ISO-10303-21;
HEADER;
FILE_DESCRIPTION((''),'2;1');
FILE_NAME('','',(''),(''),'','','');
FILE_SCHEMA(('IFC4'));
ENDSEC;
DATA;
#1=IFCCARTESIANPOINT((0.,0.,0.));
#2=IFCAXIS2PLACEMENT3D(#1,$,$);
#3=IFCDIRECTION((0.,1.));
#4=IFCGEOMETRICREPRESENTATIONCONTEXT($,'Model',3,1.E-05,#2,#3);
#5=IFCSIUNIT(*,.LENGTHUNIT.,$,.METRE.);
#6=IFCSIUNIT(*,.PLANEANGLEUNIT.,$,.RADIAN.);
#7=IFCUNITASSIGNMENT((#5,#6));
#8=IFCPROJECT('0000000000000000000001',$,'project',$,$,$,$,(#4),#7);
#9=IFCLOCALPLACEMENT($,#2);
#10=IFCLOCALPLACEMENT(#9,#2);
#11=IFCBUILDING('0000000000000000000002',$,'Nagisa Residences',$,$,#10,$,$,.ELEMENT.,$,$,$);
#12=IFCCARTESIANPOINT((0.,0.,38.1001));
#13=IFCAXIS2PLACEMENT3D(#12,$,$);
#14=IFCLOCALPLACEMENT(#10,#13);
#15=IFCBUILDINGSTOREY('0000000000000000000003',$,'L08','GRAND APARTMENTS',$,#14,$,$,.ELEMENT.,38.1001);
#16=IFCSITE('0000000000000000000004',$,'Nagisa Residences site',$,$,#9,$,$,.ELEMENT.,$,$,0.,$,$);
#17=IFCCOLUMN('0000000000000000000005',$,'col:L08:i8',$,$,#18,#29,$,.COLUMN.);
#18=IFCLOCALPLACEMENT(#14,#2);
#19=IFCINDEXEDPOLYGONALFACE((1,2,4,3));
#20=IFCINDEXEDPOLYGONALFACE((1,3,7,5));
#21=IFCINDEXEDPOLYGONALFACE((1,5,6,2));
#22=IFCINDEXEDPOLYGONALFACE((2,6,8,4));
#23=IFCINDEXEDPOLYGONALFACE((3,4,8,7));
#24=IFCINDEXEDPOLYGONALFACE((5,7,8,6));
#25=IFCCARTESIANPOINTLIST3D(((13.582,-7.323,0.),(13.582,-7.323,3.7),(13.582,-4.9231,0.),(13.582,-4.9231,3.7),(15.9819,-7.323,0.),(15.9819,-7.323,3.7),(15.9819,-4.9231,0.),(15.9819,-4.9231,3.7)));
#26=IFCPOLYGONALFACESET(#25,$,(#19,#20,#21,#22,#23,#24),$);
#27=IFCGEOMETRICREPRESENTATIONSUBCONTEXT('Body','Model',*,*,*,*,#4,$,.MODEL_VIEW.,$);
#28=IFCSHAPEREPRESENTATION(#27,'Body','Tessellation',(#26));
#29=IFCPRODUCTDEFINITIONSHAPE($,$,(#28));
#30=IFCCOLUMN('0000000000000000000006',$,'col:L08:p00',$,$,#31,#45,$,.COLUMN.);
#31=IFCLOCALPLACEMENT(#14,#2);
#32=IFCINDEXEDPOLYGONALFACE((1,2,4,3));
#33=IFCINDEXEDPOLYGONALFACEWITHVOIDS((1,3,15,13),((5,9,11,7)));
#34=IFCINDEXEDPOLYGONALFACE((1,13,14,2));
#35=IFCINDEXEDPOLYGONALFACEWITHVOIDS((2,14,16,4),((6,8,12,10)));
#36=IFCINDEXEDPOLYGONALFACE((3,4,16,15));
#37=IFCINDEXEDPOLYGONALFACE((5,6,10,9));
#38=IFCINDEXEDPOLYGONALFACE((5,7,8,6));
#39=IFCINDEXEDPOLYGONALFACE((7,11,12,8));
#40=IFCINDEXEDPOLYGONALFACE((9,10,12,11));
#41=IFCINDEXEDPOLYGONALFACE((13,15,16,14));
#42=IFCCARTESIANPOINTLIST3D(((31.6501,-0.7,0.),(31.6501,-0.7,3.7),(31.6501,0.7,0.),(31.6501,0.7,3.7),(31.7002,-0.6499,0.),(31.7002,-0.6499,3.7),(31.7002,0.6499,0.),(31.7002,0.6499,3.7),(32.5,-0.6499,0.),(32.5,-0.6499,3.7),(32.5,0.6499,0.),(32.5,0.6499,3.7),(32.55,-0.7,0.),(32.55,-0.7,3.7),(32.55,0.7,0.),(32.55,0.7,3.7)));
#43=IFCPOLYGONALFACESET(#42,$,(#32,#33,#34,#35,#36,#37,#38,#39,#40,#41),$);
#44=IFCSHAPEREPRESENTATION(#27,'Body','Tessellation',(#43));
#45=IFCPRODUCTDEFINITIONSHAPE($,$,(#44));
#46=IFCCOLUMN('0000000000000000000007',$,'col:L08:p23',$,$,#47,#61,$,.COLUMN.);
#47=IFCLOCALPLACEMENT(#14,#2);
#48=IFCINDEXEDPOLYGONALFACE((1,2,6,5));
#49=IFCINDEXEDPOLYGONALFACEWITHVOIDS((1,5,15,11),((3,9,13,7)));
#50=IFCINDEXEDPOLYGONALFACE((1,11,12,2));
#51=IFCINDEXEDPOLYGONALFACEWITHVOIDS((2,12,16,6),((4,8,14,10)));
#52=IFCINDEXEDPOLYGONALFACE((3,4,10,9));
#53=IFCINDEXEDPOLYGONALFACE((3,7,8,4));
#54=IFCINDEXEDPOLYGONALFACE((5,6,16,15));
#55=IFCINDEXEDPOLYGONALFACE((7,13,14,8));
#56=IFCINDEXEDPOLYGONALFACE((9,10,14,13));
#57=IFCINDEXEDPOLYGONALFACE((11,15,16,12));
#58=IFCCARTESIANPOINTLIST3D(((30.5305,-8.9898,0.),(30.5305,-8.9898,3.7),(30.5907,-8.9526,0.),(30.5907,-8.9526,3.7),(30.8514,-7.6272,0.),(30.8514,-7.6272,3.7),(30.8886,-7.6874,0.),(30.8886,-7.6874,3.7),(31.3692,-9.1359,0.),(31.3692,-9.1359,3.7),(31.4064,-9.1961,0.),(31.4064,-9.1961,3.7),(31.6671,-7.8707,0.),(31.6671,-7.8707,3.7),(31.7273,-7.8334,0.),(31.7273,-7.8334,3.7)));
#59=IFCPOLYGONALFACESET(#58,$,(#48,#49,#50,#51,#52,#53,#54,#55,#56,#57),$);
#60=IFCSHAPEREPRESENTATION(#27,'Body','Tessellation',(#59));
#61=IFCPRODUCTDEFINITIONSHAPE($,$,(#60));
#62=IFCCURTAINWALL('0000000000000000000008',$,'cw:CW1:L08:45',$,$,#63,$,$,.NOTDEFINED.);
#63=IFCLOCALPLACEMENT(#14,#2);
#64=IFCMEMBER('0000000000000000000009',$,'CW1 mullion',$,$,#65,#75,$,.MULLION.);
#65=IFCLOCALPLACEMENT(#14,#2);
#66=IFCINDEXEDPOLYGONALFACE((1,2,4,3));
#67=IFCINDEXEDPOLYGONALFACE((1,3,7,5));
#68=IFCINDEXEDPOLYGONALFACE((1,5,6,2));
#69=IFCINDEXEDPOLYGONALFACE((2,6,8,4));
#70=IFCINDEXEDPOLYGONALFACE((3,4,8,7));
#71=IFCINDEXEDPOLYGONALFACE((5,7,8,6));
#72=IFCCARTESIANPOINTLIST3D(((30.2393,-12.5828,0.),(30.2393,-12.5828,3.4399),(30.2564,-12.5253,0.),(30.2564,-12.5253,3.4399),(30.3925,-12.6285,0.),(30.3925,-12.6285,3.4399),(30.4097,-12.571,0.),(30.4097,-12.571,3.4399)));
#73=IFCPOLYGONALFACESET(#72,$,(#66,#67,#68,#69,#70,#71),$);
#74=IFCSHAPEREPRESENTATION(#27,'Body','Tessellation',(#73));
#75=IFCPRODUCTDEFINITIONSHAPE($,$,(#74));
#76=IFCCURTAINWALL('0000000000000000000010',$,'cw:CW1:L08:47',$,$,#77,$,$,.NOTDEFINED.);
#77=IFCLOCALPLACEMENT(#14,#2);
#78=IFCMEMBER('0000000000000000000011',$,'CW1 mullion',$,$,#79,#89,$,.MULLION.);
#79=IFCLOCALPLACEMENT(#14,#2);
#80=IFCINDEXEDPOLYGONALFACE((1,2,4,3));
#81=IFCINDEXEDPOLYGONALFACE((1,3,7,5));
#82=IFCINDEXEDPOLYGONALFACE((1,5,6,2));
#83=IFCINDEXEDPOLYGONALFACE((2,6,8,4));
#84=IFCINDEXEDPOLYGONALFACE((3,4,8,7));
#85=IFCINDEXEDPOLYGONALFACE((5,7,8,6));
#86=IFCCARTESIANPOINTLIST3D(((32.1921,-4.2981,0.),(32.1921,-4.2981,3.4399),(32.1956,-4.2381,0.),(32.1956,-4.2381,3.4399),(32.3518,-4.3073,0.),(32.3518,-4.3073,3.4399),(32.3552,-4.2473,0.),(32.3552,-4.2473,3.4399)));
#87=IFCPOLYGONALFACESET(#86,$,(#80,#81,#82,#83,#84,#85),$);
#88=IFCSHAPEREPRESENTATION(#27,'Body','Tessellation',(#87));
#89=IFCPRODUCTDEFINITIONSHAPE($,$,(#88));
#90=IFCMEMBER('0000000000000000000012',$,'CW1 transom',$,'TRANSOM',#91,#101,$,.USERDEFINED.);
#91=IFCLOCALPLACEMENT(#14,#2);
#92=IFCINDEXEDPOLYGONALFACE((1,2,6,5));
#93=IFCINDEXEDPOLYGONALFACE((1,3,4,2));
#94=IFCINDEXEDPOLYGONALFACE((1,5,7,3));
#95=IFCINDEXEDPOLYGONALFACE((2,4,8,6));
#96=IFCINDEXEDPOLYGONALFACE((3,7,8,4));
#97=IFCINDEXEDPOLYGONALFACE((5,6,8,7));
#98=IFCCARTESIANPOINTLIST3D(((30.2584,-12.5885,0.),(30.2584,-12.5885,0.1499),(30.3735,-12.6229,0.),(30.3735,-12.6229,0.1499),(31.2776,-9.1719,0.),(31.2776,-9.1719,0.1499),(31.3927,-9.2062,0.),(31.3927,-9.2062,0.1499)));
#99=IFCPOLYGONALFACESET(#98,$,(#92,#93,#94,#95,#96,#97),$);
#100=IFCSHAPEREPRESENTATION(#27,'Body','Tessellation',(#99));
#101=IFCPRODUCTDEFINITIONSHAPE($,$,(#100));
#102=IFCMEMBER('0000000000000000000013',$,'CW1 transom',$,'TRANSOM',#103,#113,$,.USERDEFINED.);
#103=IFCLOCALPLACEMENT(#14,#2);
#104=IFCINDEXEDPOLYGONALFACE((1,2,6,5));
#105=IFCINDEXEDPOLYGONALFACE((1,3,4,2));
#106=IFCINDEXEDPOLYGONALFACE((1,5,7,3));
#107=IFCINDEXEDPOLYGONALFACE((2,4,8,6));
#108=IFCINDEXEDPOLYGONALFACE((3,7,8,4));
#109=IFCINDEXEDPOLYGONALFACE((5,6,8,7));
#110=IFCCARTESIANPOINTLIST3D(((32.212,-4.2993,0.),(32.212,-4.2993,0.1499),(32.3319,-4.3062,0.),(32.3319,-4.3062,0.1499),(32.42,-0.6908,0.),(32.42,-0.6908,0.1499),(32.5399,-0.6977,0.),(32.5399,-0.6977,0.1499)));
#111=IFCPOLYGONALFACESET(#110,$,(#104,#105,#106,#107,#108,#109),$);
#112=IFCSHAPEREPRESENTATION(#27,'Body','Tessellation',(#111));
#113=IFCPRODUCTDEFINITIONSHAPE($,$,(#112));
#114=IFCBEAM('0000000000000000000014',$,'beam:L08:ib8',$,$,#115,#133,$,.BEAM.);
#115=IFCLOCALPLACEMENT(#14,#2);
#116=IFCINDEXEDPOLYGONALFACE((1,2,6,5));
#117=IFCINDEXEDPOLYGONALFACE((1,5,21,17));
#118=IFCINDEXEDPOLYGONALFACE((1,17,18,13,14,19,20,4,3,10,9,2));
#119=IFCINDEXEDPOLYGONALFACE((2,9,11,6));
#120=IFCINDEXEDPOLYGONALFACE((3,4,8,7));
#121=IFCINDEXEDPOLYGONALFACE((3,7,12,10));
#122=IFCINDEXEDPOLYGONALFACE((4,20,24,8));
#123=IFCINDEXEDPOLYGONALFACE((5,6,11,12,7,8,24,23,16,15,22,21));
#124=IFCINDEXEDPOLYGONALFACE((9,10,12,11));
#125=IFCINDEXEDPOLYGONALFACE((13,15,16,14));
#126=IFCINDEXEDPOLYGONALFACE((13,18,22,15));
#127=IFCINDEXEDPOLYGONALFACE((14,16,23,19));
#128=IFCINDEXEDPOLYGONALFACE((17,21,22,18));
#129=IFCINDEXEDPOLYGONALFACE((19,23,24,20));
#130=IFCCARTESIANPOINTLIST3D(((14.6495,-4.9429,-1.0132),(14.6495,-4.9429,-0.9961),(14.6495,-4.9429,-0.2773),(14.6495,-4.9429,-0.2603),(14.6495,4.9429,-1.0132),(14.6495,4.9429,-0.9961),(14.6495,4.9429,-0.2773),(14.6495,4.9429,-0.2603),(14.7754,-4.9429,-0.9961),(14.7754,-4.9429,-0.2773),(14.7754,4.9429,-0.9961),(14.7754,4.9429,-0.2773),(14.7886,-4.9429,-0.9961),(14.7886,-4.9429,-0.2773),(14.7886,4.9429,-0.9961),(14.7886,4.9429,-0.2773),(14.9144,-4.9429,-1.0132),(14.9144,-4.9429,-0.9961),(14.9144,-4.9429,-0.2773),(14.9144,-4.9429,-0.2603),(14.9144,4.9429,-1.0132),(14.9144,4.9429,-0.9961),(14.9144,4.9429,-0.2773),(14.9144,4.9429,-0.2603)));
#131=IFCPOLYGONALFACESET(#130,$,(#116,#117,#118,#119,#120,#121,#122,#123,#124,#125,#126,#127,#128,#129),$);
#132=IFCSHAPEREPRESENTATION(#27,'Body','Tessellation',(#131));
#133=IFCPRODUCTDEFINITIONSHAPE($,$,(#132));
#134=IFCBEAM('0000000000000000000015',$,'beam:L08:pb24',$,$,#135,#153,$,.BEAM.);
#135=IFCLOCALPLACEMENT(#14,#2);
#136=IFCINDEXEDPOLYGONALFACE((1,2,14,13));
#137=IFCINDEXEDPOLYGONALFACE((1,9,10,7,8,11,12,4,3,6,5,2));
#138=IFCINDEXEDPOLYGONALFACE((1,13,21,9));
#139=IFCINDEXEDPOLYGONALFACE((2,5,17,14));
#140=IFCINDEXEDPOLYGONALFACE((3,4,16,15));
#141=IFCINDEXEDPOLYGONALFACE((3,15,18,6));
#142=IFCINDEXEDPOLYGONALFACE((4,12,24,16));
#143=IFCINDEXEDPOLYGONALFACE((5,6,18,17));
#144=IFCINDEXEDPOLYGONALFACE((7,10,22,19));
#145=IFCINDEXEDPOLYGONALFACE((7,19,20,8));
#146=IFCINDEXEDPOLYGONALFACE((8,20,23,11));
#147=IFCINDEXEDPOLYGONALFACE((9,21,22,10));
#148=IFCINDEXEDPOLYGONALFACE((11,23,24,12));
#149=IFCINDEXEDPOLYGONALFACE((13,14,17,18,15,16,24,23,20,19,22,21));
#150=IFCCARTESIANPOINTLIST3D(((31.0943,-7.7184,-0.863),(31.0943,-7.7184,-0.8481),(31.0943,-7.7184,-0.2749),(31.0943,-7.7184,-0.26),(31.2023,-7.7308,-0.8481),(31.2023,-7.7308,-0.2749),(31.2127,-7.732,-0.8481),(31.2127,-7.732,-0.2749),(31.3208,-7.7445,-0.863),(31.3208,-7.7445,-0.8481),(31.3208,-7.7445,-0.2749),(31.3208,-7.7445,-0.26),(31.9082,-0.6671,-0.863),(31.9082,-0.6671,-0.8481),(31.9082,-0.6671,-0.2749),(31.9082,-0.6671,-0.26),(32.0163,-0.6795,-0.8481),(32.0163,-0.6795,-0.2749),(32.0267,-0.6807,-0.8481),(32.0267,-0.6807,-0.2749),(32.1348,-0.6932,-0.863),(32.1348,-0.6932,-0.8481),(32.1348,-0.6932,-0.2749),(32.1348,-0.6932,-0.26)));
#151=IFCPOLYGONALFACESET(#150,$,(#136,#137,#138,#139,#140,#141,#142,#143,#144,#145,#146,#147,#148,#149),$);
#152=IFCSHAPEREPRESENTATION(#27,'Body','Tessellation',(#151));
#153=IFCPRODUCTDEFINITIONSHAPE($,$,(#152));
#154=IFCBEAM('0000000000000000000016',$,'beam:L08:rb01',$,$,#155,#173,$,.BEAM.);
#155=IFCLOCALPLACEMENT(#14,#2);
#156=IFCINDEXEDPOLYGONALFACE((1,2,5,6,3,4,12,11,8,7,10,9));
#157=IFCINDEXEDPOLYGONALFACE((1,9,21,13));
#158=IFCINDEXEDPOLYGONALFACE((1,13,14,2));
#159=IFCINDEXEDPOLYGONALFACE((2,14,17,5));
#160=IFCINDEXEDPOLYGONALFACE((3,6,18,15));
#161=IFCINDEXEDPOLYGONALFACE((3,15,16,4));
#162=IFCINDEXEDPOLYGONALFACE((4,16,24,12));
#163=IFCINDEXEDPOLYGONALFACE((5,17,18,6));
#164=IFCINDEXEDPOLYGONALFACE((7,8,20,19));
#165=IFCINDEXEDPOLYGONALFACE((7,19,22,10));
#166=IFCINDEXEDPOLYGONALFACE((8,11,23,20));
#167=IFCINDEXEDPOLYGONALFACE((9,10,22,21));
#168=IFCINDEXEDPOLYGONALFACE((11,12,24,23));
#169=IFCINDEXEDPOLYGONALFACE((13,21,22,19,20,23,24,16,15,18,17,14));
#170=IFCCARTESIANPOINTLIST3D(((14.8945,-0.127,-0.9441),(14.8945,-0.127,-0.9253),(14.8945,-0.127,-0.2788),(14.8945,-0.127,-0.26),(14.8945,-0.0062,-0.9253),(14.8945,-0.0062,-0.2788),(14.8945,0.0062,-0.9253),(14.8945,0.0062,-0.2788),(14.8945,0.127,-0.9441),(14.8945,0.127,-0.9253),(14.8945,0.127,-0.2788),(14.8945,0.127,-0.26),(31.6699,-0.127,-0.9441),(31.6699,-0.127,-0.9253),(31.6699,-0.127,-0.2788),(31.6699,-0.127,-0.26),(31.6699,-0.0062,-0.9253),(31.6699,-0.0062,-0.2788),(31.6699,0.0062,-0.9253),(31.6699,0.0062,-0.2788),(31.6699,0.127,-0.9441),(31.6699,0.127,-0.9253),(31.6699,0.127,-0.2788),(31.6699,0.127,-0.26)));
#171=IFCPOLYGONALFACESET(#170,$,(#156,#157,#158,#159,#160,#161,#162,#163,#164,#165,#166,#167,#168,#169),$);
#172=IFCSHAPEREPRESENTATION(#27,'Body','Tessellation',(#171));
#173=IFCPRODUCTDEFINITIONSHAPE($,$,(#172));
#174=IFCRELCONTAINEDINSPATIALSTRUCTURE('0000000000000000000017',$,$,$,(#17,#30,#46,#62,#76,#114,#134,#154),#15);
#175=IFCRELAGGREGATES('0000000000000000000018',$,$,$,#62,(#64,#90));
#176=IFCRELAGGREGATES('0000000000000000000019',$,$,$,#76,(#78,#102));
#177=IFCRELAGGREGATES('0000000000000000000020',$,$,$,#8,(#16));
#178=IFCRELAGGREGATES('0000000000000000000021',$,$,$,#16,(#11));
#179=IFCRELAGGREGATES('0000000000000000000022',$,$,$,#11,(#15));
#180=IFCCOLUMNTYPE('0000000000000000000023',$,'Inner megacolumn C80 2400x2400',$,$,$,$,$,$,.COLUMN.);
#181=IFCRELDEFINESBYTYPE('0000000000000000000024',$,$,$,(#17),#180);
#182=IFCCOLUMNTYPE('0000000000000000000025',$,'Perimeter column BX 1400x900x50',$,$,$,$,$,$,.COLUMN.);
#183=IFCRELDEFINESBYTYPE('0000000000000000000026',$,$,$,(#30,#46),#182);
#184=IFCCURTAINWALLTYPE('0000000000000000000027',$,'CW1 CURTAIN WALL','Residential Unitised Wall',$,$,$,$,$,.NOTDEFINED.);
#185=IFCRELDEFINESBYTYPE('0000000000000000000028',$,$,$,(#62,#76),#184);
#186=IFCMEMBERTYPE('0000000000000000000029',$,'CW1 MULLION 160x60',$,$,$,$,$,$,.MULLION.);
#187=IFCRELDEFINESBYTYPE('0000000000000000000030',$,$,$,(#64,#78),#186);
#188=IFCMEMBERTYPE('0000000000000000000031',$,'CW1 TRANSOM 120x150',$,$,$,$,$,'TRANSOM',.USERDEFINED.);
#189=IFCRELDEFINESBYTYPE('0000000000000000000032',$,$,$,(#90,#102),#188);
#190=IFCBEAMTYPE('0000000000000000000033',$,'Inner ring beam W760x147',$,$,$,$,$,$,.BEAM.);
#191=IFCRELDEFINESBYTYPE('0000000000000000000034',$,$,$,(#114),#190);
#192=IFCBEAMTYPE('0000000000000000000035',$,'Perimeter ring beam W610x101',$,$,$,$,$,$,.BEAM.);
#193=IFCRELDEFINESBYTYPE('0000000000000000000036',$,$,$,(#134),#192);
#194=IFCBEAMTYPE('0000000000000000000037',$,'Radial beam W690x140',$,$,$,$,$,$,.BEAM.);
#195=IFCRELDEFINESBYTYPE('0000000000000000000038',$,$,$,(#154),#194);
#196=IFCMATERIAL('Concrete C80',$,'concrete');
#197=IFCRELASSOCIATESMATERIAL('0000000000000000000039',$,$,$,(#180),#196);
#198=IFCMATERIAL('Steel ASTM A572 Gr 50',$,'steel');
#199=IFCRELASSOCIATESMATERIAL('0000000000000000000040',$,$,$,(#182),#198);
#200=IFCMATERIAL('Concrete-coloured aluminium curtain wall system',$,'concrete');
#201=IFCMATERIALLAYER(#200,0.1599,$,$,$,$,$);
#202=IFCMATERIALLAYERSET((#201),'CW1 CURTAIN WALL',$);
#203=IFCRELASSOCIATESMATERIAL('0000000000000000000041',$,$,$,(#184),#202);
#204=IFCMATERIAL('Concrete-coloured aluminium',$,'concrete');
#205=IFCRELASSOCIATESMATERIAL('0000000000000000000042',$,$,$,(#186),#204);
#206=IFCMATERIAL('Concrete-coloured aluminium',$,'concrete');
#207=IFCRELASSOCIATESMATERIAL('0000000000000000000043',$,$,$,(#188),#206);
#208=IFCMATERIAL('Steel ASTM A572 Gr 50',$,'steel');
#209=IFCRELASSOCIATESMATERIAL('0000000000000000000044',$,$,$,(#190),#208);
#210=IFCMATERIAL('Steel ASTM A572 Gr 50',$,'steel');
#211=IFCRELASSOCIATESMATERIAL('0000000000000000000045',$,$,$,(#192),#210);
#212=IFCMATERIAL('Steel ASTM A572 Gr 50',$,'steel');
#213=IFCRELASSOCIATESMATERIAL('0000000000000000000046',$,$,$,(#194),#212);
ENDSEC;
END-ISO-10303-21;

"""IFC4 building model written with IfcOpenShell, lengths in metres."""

from ifc_helpers import new_model, si_unit, direction, frame, origin, origin_2d, place, context, subcontext, project, spatial, rectangle, hollow_rectangle, i_section, extrude, material, layer, layer_set, material_profile, profile_set, type_object, element, aggregate, save


model = new_model("IFC4")

# Units and contexts
model_context = context("Model", 3, precision=1e-05, world=origin(), true_north=direction((0.0, 1.0)))
body_context = subcontext(model_context, "Body", "Model", "MODEL_VIEW")
ifc_project = project(units=[si_unit("LENGTHUNIT", "METRE"), si_unit("PLANEANGLEUNIT", "RADIAN")], contexts=[model_context])

# Site, building, storey
site_placement = place(None, origin())
site = spatial("IfcSite", under=ifc_project, at=site_placement, Name="Nagisa Residences site", CompositionType="ELEMENT", RefElevation=0.0)
building_placement = place(site_placement, origin())
building = spatial("IfcBuilding", under=site, at=building_placement, Name="Nagisa Residences", CompositionType="ELEMENT")
storey_placement = place(building_placement, frame((0.0, 0.0, 38.1001)))
storey = spatial("IfcBuildingStorey", under=building, at=storey_placement, Name="L08", Description="GRAND APARTMENTS", CompositionType="ELEMENT", Elevation=38.1001)

# Columns
ifc_material_1 = material(Name="Concrete C80", Category="concrete")
ifc_material_profile_1 = material_profile(ifc_material_1, rectangle(XDim=2.3999, YDim=2.3999, at=origin_2d()), Name="C80 2400x2400")
ifc_profile_set_1 = profile_set([ifc_material_profile_1], Name="Concrete C80")
column_type_1 = type_object("IfcColumnType", Name="Inner megacolumn C80 2400x2400", PredefinedType="COLUMN", material=ifc_profile_set_1)
column_placement = place(storey_placement, frame((14.782, -6.123, 0.0), z_axis=(0.0, 0.0, 1.0), x_axis=(1.0, 0.0, 0.0)))
element("IfcColumn", 1, at=column_placement, inside=storey, type_object=column_type_1, Name="col:L08:i8", PredefinedType="COLUMN", context=body_context, shape_type="SweptSolid", body=[
    extrude(rectangle(XDim=2.3999, YDim=2.3999, at=origin_2d()), origin(), (0.0, 0.0, 1.0), 3.7),
])
ifc_material_2 = material(Name="Steel ASTM A572 Gr 50", Category="steel")
ifc_material_profile_2 = material_profile(ifc_material_2, hollow_rectangle(XDim=1.3999, YDim=0.8999, WallThickness=0.05, at=origin_2d()), Name="BX 1400x900x50")
ifc_profile_set_2 = profile_set([ifc_material_profile_2], Name="Steel ASTM A572 Gr 50")
column_type_2 = type_object("IfcColumnType", Name="Perimeter column BX 1400x900x50", PredefinedType="COLUMN", material=ifc_profile_set_2)
for number, where, z_axis, x_axis, name in (
    (2, (32.1001, 0.0, 0.0), (0.0, 0.0, 1.0), (0.0, 1.0, 0.0), "col:L08:p00"),
    (3, (31.1289, -8.4116, 0.0), (0.0, 0.0, 1.0), (0.229202, 0.973379, 0.0), "col:L08:p23"),
):
    element("IfcColumn", number, at=place(storey_placement, frame(where, z_axis=z_axis, x_axis=x_axis)), inside=storey, type_object=column_type_2, Name=name, PredefinedType="COLUMN", context=body_context, shape_type="SweptSolid", body=[
        extrude(hollow_rectangle(XDim=1.3999, YDim=0.8999, WallThickness=0.05, at=origin_2d()), origin(), (0.0, 0.0, 1.0), 3.7),
    ])

# Curtain walls, members
ifc_material_3 = material(Name="Concrete-coloured aluminium curtain wall system", Category="concrete")
ifc_layer_1 = layer(ifc_material_3, 0.1599)
ifc_layer_set_1 = layer_set([ifc_layer_1], Name="CW1 CURTAIN WALL")
curtain_wall_type = type_object("IfcCurtainWallType", Name="CW1 CURTAIN WALL", Description="Residential Unitised Wall", PredefinedType="NOTDEFINED", material=ifc_layer_set_1)
curtain_wall_1_placement = place(storey_placement, origin())
curtain_wall_1 = element("IfcCurtainWall", 4, at=curtain_wall_1_placement, inside=storey, type_object=curtain_wall_type, Name="cw:CW1:L08:45", PredefinedType="NOTDEFINED")
ifc_material_4 = material(Name="Concrete-coloured aluminium", Category="concrete")
ifc_material_profile_3 = material_profile(ifc_material_4, rectangle(XDim=0.1599, YDim=0.0601, at=origin_2d()), Name="CW1 MULLION 160x60")
ifc_profile_set_3 = profile_set([ifc_material_profile_3], Name="Concrete-coloured aluminium")
member_type_1 = type_object("IfcMemberType", Name="CW1 MULLION 160x60", PredefinedType="MULLION", material=ifc_profile_set_3)
member_1_placement = place(storey_placement, frame((30.3245, -12.5769, 0.0), z_axis=(0.0, 0.0, 1.0), x_axis=(-0.958271, 0.28586, 0.0)))
member_1 = element("IfcMember", 5, at=member_1_placement, type_object=member_type_1, Name="CW1 mullion", PredefinedType="MULLION", context=body_context, shape_type="SweptSolid", body=[
    extrude(rectangle(XDim=0.1599, YDim=0.0601, at=origin_2d()), origin(), (0.0, 0.0, 1.0), 3.4399),
])
curtain_wall_2_placement = place(storey_placement, origin())
curtain_wall_2 = element("IfcCurtainWall", 6, at=curtain_wall_2_placement, inside=storey, type_object=curtain_wall_type, Name="cw:CW1:L08:47", PredefinedType="NOTDEFINED")
member_2_placement = place(storey_placement, frame((32.2737, -4.2727, 0.0), z_axis=(0.0, 0.0, 1.0), x_axis=(-0.998345, 0.057503, 0.0)))
member_2 = element("IfcMember", 7, at=member_2_placement, type_object=member_type_1, Name="CW1 mullion", PredefinedType="MULLION", context=body_context, shape_type="SweptSolid", body=[
    extrude(rectangle(XDim=0.1599, YDim=0.0601, at=origin_2d()), origin(), (0.0, 0.0, 1.0), 3.4399),
])

# Members
ifc_material_5 = material(Name="Concrete-coloured aluminium", Category="concrete")
ifc_material_profile_4 = material_profile(ifc_material_5, rectangle(XDim=0.1201, YDim=0.1499, at=origin_2d()), Name="CW1 TRANSOM 120x150")
ifc_profile_set_4 = profile_set([ifc_material_profile_4], Name="Concrete-coloured aluminium")
member_type_2 = type_object("IfcMemberType", Name="CW1 TRANSOM 120x150", ElementType="TRANSOM", PredefinedType="USERDEFINED", material=ifc_profile_set_4)
member_3_placement = place(storey_placement, frame((30.3159, -12.6057, 0.075), z_axis=(0.285871, 0.958268, 0.0), x_axis=(-0.958268, 0.285871, 0.0)))
member_3 = element("IfcMember", 8, at=member_3_placement, type_object=member_type_2, Name="CW1 transom", ObjectType="TRANSOM", PredefinedType="USERDEFINED", context=body_context, shape_type="SweptSolid", body=[
    extrude(rectangle(XDim=0.1201, YDim=0.1499, at=origin_2d()), origin(), (0.0, 0.0, 1.0), 3.5654),
])
member_4_placement = place(storey_placement, frame((32.272, -4.3027, 0.075), z_axis=(0.05755, 0.998343, 0.0), x_axis=(-0.998343, 0.05755, 0.0)))
member_4 = element("IfcMember", 9, at=member_4_placement, type_object=member_type_2, Name="CW1 transom", ObjectType="TRANSOM", PredefinedType="USERDEFINED", context=body_context, shape_type="SweptSolid", body=[
    extrude(rectangle(XDim=0.1201, YDim=0.1499, at=origin_2d()), origin(), (0.0, 0.0, 1.0), 3.6145),
])

# Beams
ifc_material_6 = material(Name="Steel ASTM A572 Gr 50", Category="steel")
ifc_material_profile_5 = material_profile(ifc_material_6, i_section(OverallWidth=0.2649, OverallDepth=0.7529, WebThickness=0.0132, FlangeThickness=0.0171, at=origin_2d()), Name="W760x147")
ifc_profile_set_5 = profile_set([ifc_material_profile_5], Name="Steel ASTM A572 Gr 50")
beam_type_1 = type_object("IfcBeamType", Name="Inner ring beam W760x147", PredefinedType="BEAM", material=ifc_profile_set_5)
beam_1_placement = place(storey_placement, frame((14.782, -4.9429, -0.6367), z_axis=(0.0, 1.0, 0.0), x_axis=(-1.0, 0.0, 0.0)))
element("IfcBeam", 10, at=beam_1_placement, inside=storey, type_object=beam_type_1, Name="beam:L08:ib8", PredefinedType="BEAM", context=body_context, shape_type="SweptSolid", body=[
    extrude(i_section(OverallWidth=0.2649, OverallDepth=0.7529, WebThickness=0.0132, FlangeThickness=0.0171, at=origin_2d()), origin(), (0.0, 0.0, 1.0), 9.8857),
])
ifc_material_7 = material(Name="Steel ASTM A572 Gr 50", Category="steel")
ifc_material_profile_6 = material_profile(ifc_material_7, i_section(OverallWidth=0.228, OverallDepth=0.603, WebThickness=0.0105, FlangeThickness=0.0149, at=origin_2d()), Name="W610x101")
ifc_profile_set_6 = profile_set([ifc_material_profile_6], Name="Steel ASTM A572 Gr 50")
beam_type_2 = type_object("IfcBeamType", Name="Perimeter ring beam W610x101", PredefinedType="BEAM", material=ifc_profile_set_6)
beam_2_placement = place(storey_placement, frame((31.2075, -7.7314, -0.5615), z_axis=(0.114674, 0.993403, 0.0), x_axis=(-0.993403, 0.114674, 0.0)))
element("IfcBeam", 11, at=beam_2_placement, inside=storey, type_object=beam_type_2, Name="beam:L08:pb24", PredefinedType="BEAM", context=body_context, shape_type="SweptSolid", body=[
    extrude(i_section(OverallWidth=0.228, OverallDepth=0.603, WebThickness=0.0105, FlangeThickness=0.0149, at=origin_2d()), origin(), (0.0, 0.0, 1.0), 7.0981),
])
ifc_material_8 = material(Name="Steel ASTM A572 Gr 50", Category="steel")
ifc_material_profile_7 = material_profile(ifc_material_8, i_section(OverallWidth=0.2539, OverallDepth=0.6841, WebThickness=0.0125, FlangeThickness=0.0188, at=origin_2d()), Name="W690x140")
ifc_profile_set_7 = profile_set([ifc_material_profile_7], Name="Steel ASTM A572 Gr 50")
beam_type_3 = type_object("IfcBeamType", Name="Radial beam W690x140", PredefinedType="BEAM", material=ifc_profile_set_7)
beam_3_placement = place(storey_placement, frame((31.6699, 0.0, -0.6021), z_axis=(-1.0, 0.0, 0.0), x_axis=(0.0, -1.0, 0.0)))
element("IfcBeam", 12, at=beam_3_placement, inside=storey, type_object=beam_type_3, Name="beam:L08:rb01", PredefinedType="BEAM", context=body_context, shape_type="SweptSolid", body=[
    extrude(i_section(OverallWidth=0.2539, OverallDepth=0.6841, WebThickness=0.0125, FlangeThickness=0.0188, at=origin_2d()), origin(), (0.0, 0.0, 1.0), 16.7754),
])

aggregate(curtain_wall_1, [member_1, member_3])
aggregate(curtain_wall_2, [member_2, member_4])

save(model, "model.ifc")
